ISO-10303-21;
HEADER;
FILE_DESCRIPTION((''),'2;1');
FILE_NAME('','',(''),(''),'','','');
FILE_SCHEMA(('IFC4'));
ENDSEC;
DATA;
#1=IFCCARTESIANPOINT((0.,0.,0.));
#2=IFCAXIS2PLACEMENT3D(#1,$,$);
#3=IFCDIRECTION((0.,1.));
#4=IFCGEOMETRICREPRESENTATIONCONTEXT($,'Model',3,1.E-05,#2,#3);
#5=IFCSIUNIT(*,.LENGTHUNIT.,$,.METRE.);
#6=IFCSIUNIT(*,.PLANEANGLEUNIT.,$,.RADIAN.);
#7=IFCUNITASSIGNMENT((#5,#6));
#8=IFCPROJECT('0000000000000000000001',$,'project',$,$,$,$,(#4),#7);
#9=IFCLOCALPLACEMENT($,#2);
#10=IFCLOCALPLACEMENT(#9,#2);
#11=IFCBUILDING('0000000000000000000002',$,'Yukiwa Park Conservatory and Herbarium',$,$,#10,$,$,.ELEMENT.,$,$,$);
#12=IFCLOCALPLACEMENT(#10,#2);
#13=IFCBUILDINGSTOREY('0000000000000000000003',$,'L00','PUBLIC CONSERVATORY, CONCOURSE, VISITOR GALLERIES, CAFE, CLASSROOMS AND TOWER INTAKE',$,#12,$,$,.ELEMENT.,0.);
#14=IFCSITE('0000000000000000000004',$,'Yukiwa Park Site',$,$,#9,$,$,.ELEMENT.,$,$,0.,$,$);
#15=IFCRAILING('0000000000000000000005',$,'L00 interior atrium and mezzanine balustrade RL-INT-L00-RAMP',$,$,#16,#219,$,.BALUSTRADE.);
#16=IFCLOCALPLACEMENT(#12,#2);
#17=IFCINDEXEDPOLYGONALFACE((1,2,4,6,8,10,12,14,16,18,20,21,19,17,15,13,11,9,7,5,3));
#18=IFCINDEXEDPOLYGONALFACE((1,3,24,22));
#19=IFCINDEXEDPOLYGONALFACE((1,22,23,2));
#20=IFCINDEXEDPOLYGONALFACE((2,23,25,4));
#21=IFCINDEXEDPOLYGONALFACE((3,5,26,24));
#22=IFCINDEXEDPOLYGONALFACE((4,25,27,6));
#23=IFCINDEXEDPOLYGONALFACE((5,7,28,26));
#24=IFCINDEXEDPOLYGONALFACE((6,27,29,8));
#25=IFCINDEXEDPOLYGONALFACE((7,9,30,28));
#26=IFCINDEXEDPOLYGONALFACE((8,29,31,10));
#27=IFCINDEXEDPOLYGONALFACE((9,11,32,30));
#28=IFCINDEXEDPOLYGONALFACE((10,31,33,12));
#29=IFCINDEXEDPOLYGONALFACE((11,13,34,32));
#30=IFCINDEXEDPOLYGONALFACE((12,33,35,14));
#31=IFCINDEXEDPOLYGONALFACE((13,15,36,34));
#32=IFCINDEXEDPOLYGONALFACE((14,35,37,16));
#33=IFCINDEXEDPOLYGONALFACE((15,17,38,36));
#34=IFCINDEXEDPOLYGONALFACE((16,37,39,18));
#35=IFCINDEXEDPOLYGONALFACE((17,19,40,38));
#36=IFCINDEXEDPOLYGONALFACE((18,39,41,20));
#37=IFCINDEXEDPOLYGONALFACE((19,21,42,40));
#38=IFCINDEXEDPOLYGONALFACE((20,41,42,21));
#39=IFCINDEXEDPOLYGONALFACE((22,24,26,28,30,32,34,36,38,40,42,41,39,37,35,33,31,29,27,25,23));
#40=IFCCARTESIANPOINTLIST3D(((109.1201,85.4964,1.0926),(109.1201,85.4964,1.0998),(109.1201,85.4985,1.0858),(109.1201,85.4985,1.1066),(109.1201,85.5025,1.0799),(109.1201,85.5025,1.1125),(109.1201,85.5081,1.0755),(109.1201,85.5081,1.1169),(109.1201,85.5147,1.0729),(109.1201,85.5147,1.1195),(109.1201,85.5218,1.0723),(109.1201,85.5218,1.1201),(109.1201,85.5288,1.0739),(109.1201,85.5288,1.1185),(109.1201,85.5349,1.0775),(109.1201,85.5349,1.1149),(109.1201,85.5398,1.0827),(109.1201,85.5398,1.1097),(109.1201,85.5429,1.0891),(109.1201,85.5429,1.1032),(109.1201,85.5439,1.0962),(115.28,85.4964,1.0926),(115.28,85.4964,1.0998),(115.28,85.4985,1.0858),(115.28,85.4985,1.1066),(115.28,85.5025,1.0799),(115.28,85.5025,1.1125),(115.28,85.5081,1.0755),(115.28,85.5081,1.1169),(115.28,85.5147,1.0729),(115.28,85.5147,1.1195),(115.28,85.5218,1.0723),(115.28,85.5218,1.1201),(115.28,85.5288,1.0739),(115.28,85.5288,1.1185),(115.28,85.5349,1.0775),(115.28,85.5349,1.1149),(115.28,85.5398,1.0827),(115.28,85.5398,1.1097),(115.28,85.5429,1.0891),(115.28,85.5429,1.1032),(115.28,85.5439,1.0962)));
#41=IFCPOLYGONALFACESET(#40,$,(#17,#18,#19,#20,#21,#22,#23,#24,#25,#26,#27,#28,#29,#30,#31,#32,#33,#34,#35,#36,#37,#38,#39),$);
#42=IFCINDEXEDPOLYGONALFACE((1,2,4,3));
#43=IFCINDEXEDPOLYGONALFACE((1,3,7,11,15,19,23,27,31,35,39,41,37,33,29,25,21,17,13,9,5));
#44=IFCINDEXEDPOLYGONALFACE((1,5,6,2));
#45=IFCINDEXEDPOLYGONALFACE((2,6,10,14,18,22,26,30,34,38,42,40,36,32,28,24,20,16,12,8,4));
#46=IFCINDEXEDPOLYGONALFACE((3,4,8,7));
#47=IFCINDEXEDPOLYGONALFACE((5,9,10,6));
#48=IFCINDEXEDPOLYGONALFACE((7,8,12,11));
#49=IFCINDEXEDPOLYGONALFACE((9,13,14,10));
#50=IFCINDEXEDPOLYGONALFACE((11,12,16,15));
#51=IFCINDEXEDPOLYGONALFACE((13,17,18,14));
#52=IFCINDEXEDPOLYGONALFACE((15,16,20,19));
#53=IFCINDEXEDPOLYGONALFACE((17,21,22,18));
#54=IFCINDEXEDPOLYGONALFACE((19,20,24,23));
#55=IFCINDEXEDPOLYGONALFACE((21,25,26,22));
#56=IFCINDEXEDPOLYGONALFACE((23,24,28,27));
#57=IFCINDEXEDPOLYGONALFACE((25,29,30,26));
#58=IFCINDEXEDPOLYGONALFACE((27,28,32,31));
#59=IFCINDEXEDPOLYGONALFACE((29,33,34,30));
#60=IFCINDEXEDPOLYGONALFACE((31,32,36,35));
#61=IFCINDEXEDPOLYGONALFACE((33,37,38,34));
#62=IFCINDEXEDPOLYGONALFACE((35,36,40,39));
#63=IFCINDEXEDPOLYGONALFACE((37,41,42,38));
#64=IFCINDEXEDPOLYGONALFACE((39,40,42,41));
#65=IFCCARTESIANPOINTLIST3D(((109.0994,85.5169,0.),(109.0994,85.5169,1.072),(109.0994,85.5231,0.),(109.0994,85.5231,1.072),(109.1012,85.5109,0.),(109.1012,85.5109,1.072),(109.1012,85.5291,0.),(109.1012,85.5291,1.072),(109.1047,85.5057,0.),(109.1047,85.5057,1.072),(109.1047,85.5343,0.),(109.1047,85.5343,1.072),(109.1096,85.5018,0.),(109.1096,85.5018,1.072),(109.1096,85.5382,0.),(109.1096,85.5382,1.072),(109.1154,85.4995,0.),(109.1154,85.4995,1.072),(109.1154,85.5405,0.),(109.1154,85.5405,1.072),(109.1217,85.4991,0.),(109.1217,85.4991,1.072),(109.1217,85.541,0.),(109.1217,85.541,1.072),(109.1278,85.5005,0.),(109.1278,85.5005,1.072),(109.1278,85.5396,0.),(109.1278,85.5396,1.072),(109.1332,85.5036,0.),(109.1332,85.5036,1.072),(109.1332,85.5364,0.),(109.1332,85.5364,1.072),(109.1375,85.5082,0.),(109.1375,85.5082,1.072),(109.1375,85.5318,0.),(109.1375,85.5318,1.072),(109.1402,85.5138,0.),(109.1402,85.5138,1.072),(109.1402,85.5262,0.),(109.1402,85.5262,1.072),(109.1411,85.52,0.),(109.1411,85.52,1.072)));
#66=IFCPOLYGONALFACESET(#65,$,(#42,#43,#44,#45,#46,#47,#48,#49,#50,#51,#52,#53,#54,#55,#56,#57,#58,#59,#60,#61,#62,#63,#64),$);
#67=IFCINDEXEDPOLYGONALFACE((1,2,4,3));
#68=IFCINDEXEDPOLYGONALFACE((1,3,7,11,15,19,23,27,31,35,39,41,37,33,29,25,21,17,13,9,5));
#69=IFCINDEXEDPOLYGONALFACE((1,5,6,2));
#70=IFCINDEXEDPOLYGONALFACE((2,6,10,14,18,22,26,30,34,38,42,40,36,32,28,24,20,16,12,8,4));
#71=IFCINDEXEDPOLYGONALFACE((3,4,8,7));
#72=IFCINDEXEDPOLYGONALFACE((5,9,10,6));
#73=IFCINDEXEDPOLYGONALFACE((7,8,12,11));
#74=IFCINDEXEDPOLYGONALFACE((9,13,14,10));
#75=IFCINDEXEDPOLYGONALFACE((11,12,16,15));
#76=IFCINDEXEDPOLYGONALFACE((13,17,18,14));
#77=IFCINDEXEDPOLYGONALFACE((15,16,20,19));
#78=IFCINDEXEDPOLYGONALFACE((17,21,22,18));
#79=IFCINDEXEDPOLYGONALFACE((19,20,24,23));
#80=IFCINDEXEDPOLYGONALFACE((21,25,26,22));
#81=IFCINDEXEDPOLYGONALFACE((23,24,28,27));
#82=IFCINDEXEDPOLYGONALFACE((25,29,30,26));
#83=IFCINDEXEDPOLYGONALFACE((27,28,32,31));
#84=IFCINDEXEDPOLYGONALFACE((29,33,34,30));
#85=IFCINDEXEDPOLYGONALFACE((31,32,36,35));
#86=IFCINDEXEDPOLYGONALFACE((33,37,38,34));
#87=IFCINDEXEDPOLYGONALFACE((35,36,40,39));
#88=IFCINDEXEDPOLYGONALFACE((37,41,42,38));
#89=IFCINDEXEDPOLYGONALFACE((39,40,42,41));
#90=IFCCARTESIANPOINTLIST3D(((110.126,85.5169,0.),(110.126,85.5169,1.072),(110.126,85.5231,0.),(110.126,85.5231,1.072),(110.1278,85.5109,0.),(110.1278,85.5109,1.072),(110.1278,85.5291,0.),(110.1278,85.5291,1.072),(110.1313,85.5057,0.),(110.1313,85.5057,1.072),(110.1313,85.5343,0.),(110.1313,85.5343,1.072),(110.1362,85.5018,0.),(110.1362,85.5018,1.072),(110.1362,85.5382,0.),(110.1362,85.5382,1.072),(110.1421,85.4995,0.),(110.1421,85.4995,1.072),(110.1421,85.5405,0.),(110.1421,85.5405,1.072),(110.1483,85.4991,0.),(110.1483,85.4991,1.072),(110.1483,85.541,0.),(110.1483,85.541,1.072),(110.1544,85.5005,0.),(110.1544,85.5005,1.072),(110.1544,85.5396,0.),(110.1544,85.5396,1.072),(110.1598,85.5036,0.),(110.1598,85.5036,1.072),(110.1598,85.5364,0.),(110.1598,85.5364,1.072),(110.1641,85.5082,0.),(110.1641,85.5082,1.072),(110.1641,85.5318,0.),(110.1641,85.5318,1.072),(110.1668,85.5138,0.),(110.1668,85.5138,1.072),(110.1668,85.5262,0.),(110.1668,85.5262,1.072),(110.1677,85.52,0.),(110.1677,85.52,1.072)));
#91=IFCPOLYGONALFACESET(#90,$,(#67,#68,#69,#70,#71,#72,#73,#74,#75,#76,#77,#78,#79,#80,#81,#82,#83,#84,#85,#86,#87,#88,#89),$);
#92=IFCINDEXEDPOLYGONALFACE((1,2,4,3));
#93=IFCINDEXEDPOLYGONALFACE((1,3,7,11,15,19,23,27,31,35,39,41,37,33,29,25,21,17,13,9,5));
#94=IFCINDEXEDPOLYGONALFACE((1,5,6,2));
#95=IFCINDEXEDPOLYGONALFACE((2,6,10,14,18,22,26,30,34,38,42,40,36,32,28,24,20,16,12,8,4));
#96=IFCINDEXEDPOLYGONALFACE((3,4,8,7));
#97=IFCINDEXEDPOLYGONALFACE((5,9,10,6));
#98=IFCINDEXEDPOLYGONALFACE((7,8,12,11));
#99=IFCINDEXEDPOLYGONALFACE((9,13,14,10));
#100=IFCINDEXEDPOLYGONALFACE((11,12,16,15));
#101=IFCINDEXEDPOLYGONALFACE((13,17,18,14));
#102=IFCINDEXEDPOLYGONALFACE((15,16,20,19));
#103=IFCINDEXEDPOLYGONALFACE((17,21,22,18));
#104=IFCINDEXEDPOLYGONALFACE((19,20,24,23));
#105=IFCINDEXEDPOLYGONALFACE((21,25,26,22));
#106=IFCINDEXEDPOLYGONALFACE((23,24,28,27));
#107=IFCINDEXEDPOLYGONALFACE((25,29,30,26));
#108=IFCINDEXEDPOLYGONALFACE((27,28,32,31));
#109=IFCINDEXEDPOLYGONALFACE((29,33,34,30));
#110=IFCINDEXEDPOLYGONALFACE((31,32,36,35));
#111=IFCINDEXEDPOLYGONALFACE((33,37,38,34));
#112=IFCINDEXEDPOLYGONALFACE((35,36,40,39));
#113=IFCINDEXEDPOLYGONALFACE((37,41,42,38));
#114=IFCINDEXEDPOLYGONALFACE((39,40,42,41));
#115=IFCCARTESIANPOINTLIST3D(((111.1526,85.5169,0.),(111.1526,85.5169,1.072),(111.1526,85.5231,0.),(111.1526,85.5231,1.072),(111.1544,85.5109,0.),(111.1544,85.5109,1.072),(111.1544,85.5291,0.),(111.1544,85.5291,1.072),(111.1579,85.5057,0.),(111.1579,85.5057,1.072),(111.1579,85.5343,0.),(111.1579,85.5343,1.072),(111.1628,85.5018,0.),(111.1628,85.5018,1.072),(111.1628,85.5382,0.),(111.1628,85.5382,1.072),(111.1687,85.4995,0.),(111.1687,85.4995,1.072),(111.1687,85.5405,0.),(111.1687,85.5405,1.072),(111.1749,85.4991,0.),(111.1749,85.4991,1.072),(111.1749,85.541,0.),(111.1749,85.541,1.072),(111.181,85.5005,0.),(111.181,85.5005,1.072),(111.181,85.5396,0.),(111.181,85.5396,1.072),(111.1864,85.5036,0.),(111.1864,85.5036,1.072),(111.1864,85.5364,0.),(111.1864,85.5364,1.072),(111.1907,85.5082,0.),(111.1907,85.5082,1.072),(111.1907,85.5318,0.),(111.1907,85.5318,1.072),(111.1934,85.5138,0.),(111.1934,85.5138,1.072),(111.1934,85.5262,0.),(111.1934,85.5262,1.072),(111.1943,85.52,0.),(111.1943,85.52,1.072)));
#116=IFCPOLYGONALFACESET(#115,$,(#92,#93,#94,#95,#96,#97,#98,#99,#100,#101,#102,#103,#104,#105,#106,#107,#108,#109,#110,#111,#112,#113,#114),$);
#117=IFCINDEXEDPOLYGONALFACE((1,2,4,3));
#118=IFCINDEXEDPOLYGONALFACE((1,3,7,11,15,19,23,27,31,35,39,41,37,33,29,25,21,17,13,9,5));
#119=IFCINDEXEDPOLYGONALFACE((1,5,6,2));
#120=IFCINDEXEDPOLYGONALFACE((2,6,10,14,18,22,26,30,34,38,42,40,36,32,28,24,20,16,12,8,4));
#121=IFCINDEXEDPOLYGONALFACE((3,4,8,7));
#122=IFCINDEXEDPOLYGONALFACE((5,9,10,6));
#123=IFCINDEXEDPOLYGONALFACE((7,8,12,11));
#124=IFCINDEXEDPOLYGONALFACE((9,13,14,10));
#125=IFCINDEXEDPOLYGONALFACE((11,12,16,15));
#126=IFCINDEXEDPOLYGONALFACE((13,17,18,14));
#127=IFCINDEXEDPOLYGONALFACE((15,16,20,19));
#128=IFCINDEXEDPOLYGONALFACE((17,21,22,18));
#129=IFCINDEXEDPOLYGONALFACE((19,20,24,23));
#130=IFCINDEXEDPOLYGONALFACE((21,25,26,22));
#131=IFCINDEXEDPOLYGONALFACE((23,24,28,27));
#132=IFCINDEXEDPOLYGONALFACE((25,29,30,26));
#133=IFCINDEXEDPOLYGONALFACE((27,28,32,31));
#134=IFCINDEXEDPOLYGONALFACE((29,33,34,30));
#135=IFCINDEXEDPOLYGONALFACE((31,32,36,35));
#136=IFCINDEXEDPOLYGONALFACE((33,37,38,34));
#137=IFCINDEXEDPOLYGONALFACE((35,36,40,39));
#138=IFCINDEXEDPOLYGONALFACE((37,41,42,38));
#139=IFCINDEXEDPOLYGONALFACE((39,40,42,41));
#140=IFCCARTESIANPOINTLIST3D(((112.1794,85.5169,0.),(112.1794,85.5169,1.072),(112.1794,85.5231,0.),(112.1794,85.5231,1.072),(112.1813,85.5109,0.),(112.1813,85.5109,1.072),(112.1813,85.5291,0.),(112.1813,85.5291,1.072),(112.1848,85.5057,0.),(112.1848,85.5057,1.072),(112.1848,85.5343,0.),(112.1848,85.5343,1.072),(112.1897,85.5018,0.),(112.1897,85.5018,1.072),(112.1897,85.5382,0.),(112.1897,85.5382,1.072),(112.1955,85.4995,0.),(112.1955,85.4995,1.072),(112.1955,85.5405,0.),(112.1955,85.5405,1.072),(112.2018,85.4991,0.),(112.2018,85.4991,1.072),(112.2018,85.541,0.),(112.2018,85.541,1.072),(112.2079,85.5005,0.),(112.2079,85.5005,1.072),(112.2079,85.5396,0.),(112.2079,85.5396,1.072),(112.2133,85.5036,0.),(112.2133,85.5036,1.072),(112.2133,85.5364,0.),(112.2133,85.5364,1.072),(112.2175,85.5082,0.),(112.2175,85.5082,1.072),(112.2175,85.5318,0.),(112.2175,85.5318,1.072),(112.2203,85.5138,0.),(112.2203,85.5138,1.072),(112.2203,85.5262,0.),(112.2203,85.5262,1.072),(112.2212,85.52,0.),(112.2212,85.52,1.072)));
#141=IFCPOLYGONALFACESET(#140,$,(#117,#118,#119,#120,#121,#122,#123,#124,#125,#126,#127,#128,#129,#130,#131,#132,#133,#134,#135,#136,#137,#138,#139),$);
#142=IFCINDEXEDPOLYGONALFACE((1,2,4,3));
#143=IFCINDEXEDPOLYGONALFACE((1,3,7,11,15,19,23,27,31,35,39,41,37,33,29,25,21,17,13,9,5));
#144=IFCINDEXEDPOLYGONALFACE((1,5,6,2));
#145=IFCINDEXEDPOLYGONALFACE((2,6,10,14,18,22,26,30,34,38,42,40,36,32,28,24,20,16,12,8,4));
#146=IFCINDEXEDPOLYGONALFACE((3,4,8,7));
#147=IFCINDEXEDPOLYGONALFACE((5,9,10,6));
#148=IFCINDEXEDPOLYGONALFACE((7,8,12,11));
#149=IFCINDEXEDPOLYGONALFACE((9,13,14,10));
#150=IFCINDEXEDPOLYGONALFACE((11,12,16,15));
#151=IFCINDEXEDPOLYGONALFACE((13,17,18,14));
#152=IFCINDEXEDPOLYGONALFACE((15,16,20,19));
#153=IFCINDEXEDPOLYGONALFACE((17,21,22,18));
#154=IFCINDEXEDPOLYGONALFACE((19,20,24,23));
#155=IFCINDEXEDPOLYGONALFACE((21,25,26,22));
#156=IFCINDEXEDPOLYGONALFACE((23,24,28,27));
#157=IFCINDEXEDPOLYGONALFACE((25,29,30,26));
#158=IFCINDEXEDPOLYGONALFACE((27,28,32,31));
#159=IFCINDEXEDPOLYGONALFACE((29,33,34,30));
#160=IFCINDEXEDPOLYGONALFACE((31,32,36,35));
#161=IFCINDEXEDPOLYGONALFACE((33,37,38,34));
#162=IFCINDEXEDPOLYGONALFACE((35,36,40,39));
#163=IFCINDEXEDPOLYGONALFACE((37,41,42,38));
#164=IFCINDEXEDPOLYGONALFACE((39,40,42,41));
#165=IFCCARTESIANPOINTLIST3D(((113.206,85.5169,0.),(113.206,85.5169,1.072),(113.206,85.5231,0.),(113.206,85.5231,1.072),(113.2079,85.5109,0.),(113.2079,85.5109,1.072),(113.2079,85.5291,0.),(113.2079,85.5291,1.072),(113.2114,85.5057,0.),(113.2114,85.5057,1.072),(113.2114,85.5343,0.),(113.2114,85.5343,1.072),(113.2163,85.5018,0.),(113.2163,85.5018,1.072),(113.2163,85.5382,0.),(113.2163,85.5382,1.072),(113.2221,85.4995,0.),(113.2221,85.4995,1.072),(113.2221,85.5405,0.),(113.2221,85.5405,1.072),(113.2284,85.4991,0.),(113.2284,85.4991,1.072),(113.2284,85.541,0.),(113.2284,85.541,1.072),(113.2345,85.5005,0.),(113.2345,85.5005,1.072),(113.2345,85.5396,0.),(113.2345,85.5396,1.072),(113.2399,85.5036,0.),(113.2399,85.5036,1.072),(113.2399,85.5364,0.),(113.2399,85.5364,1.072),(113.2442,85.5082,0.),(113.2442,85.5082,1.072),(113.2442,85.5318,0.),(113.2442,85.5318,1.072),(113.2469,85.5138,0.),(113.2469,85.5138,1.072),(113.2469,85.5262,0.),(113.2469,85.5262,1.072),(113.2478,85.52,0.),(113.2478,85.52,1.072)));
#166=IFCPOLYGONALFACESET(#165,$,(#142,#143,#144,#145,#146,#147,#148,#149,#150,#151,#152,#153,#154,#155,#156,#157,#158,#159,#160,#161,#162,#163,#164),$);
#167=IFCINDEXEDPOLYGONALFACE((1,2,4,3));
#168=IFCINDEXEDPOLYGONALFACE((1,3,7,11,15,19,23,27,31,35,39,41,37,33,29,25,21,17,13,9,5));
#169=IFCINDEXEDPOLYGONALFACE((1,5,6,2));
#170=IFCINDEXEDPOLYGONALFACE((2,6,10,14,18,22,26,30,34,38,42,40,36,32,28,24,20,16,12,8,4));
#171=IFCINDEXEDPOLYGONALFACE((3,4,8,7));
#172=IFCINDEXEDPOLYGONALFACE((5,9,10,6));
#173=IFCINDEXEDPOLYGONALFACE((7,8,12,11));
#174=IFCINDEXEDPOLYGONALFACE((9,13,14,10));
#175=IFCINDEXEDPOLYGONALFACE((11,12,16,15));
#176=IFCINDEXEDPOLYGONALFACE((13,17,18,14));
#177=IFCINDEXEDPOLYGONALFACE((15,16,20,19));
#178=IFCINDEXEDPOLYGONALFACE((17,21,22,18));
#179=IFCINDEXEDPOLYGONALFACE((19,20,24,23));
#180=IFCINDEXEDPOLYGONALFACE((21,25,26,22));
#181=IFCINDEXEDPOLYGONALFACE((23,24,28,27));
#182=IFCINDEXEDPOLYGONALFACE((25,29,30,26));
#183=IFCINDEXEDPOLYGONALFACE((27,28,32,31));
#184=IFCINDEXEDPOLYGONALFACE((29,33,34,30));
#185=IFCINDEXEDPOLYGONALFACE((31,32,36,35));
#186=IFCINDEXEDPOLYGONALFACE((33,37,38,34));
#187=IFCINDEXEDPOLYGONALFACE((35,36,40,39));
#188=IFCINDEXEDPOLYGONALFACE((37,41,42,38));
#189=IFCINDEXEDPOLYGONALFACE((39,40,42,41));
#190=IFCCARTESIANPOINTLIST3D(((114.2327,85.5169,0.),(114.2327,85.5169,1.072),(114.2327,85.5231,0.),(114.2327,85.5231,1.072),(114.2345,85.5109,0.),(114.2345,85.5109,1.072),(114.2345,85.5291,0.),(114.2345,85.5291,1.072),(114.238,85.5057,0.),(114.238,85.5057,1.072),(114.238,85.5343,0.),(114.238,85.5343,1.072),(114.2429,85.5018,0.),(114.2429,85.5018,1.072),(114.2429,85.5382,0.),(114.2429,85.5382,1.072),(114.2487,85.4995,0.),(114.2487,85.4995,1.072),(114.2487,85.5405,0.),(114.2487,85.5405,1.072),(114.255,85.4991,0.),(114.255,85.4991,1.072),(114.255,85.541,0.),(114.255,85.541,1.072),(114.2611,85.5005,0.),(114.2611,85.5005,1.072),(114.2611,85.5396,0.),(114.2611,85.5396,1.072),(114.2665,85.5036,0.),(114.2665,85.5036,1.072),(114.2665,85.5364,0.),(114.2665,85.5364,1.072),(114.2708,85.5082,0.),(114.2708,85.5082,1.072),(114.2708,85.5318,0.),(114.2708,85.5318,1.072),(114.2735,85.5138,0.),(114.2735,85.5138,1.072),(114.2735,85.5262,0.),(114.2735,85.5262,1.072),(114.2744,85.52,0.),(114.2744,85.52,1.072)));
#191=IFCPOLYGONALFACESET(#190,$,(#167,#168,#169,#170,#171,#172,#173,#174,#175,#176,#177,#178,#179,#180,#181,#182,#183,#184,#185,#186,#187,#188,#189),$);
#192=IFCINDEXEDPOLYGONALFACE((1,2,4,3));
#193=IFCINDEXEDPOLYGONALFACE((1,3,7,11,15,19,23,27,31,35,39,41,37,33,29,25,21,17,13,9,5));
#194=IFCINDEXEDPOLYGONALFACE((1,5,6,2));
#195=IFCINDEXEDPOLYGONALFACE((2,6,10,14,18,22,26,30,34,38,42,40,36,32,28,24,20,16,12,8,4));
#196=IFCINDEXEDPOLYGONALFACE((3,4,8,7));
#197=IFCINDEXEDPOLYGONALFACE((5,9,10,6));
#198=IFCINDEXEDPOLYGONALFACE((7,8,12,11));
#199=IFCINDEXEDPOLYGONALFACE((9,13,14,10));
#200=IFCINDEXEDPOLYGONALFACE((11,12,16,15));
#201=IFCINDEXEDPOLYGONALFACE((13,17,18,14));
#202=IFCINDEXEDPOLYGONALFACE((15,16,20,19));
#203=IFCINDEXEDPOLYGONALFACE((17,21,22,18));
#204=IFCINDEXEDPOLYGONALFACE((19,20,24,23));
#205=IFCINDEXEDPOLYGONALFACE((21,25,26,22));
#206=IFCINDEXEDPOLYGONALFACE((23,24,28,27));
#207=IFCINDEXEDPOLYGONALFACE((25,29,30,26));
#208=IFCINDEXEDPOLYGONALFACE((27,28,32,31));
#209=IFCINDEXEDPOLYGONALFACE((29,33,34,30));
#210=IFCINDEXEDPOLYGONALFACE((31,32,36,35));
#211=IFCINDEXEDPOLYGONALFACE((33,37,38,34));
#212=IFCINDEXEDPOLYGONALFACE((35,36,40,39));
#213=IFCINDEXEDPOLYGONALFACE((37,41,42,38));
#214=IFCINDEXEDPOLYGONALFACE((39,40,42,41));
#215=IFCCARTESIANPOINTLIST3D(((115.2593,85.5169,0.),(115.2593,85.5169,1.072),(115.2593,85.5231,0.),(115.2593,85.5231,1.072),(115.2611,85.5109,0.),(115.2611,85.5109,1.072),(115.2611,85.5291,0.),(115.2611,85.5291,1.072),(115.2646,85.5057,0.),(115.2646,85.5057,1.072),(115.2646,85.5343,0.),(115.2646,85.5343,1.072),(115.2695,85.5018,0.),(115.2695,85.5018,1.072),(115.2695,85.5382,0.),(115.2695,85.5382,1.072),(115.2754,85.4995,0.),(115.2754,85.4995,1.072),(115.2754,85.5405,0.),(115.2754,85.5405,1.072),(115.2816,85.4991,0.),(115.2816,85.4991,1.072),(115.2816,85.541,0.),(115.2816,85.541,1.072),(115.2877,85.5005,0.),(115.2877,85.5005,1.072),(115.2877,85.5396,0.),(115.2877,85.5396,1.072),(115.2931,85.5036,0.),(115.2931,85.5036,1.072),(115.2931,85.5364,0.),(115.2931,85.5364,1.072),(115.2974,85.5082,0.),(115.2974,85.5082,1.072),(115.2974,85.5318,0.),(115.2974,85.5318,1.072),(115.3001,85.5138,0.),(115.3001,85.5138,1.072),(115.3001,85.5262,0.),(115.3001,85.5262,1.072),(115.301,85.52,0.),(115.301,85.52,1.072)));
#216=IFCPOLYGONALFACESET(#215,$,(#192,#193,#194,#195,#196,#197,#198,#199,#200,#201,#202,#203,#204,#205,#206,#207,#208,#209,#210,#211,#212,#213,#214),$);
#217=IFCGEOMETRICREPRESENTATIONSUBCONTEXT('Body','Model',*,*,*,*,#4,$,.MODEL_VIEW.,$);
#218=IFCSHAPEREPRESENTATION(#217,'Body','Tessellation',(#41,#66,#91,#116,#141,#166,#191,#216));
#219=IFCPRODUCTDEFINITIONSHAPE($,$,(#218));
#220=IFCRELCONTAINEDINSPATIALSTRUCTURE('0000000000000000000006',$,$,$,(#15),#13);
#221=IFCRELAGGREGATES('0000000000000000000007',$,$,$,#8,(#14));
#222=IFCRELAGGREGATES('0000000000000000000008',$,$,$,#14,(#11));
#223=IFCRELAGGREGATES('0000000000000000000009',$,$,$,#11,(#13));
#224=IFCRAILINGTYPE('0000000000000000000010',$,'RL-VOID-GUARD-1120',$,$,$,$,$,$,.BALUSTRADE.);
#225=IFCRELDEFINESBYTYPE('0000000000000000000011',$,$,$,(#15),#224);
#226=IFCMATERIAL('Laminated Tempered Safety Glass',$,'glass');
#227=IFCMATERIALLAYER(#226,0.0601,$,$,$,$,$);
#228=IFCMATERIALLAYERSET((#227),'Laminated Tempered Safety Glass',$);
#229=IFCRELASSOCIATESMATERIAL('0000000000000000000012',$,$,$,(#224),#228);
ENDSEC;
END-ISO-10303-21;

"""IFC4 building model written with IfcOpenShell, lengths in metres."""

from ifc_helpers import new_model, si_unit, direction, frame, origin, origin_2d, place, context, subcontext, project, spatial, circle, extrude, material, layer, layer_set, type_object, element, save


model = new_model("IFC4")

# Units and contexts
model_context = context("Model", 3, precision=1e-05, world=origin(), true_north=direction((0.0, 1.0)))
body_context = subcontext(model_context, "Body", "Model", "MODEL_VIEW")
ifc_project = project(units=[si_unit("LENGTHUNIT", "METRE"), si_unit("PLANEANGLEUNIT", "RADIAN")], contexts=[model_context])

# Site, building, storey
site_placement = place(None, origin())
site = spatial("IfcSite", under=ifc_project, at=site_placement, Name="Yukiwa Park Site", CompositionType="ELEMENT", RefElevation=0.0)
building_placement = place(site_placement, origin())
building = spatial("IfcBuilding", under=site, at=building_placement, Name="Yukiwa Park Conservatory and Herbarium", CompositionType="ELEMENT")
storey_placement = place(building_placement, origin())
storey = spatial("IfcBuildingStorey", under=building, at=storey_placement, Name="L00", Description="PUBLIC CONSERVATORY, CONCOURSE, VISITOR GALLERIES, CAFE, CLASSROOMS AND TOWER INTAKE", CompositionType="ELEMENT", Elevation=0.0)

# Railing
ifc_material_1 = material(Name="Laminated Tempered Safety Glass", Category="glass")
ifc_layer_1 = layer(ifc_material_1, 0.0601)
ifc_layer_set_1 = layer_set([ifc_layer_1], Name="Laminated Tempered Safety Glass")
railing_type = type_object("IfcRailingType", Name="RL-VOID-GUARD-1120", PredefinedType="BALUSTRADE", material=ifc_layer_set_1)
railing_placement = place(storey_placement, frame((109.1201, 85.52, 0.0)))
element("IfcRailing", 1, at=railing_placement, inside=storey, type_object=railing_type, Name="L00 interior atrium and mezzanine balustrade RL-INT-L00-RAMP", PredefinedType="BALUSTRADE", context=body_context, shape_type="SweptSolid", body=[
    extrude(circle(Radius=0.0239, at=origin_2d()), frame((0.0, 0.0, 1.0962), z_axis=(1.0, 0.0, 0.0), x_axis=(0.0, 1.0, 0.0)), (0.0, 0.0, 1.0), 6.1599),
    extrude(circle(Radius=0.021, at=origin_2d()), origin(), (0.0, 0.0, 1.0), 1.072),
    extrude(circle(Radius=0.021, at=origin_2d()), frame((1.0266, 0.0, 0.0)), (0.0, 0.0, 1.0), 1.072),
    extrude(circle(Radius=0.021, at=origin_2d()), frame((2.0532, 0.0, 0.0)), (0.0, 0.0, 1.0), 1.072),
    extrude(circle(Radius=0.021, at=origin_2d()), frame((3.0801, 0.0, 0.0)), (0.0, 0.0, 1.0), 1.072),
    extrude(circle(Radius=0.021, at=origin_2d()), frame((4.1067, 0.0, 0.0)), (0.0, 0.0, 1.0), 1.072),
    extrude(circle(Radius=0.021, at=origin_2d()), frame((5.1333, 0.0, 0.0)), (0.0, 0.0, 1.0), 1.072),
    extrude(circle(Radius=0.021, at=origin_2d()), frame((6.1599, 0.0, 0.0)), (0.0, 0.0, 1.0), 1.072),
])

save(model, "model.ifc")
